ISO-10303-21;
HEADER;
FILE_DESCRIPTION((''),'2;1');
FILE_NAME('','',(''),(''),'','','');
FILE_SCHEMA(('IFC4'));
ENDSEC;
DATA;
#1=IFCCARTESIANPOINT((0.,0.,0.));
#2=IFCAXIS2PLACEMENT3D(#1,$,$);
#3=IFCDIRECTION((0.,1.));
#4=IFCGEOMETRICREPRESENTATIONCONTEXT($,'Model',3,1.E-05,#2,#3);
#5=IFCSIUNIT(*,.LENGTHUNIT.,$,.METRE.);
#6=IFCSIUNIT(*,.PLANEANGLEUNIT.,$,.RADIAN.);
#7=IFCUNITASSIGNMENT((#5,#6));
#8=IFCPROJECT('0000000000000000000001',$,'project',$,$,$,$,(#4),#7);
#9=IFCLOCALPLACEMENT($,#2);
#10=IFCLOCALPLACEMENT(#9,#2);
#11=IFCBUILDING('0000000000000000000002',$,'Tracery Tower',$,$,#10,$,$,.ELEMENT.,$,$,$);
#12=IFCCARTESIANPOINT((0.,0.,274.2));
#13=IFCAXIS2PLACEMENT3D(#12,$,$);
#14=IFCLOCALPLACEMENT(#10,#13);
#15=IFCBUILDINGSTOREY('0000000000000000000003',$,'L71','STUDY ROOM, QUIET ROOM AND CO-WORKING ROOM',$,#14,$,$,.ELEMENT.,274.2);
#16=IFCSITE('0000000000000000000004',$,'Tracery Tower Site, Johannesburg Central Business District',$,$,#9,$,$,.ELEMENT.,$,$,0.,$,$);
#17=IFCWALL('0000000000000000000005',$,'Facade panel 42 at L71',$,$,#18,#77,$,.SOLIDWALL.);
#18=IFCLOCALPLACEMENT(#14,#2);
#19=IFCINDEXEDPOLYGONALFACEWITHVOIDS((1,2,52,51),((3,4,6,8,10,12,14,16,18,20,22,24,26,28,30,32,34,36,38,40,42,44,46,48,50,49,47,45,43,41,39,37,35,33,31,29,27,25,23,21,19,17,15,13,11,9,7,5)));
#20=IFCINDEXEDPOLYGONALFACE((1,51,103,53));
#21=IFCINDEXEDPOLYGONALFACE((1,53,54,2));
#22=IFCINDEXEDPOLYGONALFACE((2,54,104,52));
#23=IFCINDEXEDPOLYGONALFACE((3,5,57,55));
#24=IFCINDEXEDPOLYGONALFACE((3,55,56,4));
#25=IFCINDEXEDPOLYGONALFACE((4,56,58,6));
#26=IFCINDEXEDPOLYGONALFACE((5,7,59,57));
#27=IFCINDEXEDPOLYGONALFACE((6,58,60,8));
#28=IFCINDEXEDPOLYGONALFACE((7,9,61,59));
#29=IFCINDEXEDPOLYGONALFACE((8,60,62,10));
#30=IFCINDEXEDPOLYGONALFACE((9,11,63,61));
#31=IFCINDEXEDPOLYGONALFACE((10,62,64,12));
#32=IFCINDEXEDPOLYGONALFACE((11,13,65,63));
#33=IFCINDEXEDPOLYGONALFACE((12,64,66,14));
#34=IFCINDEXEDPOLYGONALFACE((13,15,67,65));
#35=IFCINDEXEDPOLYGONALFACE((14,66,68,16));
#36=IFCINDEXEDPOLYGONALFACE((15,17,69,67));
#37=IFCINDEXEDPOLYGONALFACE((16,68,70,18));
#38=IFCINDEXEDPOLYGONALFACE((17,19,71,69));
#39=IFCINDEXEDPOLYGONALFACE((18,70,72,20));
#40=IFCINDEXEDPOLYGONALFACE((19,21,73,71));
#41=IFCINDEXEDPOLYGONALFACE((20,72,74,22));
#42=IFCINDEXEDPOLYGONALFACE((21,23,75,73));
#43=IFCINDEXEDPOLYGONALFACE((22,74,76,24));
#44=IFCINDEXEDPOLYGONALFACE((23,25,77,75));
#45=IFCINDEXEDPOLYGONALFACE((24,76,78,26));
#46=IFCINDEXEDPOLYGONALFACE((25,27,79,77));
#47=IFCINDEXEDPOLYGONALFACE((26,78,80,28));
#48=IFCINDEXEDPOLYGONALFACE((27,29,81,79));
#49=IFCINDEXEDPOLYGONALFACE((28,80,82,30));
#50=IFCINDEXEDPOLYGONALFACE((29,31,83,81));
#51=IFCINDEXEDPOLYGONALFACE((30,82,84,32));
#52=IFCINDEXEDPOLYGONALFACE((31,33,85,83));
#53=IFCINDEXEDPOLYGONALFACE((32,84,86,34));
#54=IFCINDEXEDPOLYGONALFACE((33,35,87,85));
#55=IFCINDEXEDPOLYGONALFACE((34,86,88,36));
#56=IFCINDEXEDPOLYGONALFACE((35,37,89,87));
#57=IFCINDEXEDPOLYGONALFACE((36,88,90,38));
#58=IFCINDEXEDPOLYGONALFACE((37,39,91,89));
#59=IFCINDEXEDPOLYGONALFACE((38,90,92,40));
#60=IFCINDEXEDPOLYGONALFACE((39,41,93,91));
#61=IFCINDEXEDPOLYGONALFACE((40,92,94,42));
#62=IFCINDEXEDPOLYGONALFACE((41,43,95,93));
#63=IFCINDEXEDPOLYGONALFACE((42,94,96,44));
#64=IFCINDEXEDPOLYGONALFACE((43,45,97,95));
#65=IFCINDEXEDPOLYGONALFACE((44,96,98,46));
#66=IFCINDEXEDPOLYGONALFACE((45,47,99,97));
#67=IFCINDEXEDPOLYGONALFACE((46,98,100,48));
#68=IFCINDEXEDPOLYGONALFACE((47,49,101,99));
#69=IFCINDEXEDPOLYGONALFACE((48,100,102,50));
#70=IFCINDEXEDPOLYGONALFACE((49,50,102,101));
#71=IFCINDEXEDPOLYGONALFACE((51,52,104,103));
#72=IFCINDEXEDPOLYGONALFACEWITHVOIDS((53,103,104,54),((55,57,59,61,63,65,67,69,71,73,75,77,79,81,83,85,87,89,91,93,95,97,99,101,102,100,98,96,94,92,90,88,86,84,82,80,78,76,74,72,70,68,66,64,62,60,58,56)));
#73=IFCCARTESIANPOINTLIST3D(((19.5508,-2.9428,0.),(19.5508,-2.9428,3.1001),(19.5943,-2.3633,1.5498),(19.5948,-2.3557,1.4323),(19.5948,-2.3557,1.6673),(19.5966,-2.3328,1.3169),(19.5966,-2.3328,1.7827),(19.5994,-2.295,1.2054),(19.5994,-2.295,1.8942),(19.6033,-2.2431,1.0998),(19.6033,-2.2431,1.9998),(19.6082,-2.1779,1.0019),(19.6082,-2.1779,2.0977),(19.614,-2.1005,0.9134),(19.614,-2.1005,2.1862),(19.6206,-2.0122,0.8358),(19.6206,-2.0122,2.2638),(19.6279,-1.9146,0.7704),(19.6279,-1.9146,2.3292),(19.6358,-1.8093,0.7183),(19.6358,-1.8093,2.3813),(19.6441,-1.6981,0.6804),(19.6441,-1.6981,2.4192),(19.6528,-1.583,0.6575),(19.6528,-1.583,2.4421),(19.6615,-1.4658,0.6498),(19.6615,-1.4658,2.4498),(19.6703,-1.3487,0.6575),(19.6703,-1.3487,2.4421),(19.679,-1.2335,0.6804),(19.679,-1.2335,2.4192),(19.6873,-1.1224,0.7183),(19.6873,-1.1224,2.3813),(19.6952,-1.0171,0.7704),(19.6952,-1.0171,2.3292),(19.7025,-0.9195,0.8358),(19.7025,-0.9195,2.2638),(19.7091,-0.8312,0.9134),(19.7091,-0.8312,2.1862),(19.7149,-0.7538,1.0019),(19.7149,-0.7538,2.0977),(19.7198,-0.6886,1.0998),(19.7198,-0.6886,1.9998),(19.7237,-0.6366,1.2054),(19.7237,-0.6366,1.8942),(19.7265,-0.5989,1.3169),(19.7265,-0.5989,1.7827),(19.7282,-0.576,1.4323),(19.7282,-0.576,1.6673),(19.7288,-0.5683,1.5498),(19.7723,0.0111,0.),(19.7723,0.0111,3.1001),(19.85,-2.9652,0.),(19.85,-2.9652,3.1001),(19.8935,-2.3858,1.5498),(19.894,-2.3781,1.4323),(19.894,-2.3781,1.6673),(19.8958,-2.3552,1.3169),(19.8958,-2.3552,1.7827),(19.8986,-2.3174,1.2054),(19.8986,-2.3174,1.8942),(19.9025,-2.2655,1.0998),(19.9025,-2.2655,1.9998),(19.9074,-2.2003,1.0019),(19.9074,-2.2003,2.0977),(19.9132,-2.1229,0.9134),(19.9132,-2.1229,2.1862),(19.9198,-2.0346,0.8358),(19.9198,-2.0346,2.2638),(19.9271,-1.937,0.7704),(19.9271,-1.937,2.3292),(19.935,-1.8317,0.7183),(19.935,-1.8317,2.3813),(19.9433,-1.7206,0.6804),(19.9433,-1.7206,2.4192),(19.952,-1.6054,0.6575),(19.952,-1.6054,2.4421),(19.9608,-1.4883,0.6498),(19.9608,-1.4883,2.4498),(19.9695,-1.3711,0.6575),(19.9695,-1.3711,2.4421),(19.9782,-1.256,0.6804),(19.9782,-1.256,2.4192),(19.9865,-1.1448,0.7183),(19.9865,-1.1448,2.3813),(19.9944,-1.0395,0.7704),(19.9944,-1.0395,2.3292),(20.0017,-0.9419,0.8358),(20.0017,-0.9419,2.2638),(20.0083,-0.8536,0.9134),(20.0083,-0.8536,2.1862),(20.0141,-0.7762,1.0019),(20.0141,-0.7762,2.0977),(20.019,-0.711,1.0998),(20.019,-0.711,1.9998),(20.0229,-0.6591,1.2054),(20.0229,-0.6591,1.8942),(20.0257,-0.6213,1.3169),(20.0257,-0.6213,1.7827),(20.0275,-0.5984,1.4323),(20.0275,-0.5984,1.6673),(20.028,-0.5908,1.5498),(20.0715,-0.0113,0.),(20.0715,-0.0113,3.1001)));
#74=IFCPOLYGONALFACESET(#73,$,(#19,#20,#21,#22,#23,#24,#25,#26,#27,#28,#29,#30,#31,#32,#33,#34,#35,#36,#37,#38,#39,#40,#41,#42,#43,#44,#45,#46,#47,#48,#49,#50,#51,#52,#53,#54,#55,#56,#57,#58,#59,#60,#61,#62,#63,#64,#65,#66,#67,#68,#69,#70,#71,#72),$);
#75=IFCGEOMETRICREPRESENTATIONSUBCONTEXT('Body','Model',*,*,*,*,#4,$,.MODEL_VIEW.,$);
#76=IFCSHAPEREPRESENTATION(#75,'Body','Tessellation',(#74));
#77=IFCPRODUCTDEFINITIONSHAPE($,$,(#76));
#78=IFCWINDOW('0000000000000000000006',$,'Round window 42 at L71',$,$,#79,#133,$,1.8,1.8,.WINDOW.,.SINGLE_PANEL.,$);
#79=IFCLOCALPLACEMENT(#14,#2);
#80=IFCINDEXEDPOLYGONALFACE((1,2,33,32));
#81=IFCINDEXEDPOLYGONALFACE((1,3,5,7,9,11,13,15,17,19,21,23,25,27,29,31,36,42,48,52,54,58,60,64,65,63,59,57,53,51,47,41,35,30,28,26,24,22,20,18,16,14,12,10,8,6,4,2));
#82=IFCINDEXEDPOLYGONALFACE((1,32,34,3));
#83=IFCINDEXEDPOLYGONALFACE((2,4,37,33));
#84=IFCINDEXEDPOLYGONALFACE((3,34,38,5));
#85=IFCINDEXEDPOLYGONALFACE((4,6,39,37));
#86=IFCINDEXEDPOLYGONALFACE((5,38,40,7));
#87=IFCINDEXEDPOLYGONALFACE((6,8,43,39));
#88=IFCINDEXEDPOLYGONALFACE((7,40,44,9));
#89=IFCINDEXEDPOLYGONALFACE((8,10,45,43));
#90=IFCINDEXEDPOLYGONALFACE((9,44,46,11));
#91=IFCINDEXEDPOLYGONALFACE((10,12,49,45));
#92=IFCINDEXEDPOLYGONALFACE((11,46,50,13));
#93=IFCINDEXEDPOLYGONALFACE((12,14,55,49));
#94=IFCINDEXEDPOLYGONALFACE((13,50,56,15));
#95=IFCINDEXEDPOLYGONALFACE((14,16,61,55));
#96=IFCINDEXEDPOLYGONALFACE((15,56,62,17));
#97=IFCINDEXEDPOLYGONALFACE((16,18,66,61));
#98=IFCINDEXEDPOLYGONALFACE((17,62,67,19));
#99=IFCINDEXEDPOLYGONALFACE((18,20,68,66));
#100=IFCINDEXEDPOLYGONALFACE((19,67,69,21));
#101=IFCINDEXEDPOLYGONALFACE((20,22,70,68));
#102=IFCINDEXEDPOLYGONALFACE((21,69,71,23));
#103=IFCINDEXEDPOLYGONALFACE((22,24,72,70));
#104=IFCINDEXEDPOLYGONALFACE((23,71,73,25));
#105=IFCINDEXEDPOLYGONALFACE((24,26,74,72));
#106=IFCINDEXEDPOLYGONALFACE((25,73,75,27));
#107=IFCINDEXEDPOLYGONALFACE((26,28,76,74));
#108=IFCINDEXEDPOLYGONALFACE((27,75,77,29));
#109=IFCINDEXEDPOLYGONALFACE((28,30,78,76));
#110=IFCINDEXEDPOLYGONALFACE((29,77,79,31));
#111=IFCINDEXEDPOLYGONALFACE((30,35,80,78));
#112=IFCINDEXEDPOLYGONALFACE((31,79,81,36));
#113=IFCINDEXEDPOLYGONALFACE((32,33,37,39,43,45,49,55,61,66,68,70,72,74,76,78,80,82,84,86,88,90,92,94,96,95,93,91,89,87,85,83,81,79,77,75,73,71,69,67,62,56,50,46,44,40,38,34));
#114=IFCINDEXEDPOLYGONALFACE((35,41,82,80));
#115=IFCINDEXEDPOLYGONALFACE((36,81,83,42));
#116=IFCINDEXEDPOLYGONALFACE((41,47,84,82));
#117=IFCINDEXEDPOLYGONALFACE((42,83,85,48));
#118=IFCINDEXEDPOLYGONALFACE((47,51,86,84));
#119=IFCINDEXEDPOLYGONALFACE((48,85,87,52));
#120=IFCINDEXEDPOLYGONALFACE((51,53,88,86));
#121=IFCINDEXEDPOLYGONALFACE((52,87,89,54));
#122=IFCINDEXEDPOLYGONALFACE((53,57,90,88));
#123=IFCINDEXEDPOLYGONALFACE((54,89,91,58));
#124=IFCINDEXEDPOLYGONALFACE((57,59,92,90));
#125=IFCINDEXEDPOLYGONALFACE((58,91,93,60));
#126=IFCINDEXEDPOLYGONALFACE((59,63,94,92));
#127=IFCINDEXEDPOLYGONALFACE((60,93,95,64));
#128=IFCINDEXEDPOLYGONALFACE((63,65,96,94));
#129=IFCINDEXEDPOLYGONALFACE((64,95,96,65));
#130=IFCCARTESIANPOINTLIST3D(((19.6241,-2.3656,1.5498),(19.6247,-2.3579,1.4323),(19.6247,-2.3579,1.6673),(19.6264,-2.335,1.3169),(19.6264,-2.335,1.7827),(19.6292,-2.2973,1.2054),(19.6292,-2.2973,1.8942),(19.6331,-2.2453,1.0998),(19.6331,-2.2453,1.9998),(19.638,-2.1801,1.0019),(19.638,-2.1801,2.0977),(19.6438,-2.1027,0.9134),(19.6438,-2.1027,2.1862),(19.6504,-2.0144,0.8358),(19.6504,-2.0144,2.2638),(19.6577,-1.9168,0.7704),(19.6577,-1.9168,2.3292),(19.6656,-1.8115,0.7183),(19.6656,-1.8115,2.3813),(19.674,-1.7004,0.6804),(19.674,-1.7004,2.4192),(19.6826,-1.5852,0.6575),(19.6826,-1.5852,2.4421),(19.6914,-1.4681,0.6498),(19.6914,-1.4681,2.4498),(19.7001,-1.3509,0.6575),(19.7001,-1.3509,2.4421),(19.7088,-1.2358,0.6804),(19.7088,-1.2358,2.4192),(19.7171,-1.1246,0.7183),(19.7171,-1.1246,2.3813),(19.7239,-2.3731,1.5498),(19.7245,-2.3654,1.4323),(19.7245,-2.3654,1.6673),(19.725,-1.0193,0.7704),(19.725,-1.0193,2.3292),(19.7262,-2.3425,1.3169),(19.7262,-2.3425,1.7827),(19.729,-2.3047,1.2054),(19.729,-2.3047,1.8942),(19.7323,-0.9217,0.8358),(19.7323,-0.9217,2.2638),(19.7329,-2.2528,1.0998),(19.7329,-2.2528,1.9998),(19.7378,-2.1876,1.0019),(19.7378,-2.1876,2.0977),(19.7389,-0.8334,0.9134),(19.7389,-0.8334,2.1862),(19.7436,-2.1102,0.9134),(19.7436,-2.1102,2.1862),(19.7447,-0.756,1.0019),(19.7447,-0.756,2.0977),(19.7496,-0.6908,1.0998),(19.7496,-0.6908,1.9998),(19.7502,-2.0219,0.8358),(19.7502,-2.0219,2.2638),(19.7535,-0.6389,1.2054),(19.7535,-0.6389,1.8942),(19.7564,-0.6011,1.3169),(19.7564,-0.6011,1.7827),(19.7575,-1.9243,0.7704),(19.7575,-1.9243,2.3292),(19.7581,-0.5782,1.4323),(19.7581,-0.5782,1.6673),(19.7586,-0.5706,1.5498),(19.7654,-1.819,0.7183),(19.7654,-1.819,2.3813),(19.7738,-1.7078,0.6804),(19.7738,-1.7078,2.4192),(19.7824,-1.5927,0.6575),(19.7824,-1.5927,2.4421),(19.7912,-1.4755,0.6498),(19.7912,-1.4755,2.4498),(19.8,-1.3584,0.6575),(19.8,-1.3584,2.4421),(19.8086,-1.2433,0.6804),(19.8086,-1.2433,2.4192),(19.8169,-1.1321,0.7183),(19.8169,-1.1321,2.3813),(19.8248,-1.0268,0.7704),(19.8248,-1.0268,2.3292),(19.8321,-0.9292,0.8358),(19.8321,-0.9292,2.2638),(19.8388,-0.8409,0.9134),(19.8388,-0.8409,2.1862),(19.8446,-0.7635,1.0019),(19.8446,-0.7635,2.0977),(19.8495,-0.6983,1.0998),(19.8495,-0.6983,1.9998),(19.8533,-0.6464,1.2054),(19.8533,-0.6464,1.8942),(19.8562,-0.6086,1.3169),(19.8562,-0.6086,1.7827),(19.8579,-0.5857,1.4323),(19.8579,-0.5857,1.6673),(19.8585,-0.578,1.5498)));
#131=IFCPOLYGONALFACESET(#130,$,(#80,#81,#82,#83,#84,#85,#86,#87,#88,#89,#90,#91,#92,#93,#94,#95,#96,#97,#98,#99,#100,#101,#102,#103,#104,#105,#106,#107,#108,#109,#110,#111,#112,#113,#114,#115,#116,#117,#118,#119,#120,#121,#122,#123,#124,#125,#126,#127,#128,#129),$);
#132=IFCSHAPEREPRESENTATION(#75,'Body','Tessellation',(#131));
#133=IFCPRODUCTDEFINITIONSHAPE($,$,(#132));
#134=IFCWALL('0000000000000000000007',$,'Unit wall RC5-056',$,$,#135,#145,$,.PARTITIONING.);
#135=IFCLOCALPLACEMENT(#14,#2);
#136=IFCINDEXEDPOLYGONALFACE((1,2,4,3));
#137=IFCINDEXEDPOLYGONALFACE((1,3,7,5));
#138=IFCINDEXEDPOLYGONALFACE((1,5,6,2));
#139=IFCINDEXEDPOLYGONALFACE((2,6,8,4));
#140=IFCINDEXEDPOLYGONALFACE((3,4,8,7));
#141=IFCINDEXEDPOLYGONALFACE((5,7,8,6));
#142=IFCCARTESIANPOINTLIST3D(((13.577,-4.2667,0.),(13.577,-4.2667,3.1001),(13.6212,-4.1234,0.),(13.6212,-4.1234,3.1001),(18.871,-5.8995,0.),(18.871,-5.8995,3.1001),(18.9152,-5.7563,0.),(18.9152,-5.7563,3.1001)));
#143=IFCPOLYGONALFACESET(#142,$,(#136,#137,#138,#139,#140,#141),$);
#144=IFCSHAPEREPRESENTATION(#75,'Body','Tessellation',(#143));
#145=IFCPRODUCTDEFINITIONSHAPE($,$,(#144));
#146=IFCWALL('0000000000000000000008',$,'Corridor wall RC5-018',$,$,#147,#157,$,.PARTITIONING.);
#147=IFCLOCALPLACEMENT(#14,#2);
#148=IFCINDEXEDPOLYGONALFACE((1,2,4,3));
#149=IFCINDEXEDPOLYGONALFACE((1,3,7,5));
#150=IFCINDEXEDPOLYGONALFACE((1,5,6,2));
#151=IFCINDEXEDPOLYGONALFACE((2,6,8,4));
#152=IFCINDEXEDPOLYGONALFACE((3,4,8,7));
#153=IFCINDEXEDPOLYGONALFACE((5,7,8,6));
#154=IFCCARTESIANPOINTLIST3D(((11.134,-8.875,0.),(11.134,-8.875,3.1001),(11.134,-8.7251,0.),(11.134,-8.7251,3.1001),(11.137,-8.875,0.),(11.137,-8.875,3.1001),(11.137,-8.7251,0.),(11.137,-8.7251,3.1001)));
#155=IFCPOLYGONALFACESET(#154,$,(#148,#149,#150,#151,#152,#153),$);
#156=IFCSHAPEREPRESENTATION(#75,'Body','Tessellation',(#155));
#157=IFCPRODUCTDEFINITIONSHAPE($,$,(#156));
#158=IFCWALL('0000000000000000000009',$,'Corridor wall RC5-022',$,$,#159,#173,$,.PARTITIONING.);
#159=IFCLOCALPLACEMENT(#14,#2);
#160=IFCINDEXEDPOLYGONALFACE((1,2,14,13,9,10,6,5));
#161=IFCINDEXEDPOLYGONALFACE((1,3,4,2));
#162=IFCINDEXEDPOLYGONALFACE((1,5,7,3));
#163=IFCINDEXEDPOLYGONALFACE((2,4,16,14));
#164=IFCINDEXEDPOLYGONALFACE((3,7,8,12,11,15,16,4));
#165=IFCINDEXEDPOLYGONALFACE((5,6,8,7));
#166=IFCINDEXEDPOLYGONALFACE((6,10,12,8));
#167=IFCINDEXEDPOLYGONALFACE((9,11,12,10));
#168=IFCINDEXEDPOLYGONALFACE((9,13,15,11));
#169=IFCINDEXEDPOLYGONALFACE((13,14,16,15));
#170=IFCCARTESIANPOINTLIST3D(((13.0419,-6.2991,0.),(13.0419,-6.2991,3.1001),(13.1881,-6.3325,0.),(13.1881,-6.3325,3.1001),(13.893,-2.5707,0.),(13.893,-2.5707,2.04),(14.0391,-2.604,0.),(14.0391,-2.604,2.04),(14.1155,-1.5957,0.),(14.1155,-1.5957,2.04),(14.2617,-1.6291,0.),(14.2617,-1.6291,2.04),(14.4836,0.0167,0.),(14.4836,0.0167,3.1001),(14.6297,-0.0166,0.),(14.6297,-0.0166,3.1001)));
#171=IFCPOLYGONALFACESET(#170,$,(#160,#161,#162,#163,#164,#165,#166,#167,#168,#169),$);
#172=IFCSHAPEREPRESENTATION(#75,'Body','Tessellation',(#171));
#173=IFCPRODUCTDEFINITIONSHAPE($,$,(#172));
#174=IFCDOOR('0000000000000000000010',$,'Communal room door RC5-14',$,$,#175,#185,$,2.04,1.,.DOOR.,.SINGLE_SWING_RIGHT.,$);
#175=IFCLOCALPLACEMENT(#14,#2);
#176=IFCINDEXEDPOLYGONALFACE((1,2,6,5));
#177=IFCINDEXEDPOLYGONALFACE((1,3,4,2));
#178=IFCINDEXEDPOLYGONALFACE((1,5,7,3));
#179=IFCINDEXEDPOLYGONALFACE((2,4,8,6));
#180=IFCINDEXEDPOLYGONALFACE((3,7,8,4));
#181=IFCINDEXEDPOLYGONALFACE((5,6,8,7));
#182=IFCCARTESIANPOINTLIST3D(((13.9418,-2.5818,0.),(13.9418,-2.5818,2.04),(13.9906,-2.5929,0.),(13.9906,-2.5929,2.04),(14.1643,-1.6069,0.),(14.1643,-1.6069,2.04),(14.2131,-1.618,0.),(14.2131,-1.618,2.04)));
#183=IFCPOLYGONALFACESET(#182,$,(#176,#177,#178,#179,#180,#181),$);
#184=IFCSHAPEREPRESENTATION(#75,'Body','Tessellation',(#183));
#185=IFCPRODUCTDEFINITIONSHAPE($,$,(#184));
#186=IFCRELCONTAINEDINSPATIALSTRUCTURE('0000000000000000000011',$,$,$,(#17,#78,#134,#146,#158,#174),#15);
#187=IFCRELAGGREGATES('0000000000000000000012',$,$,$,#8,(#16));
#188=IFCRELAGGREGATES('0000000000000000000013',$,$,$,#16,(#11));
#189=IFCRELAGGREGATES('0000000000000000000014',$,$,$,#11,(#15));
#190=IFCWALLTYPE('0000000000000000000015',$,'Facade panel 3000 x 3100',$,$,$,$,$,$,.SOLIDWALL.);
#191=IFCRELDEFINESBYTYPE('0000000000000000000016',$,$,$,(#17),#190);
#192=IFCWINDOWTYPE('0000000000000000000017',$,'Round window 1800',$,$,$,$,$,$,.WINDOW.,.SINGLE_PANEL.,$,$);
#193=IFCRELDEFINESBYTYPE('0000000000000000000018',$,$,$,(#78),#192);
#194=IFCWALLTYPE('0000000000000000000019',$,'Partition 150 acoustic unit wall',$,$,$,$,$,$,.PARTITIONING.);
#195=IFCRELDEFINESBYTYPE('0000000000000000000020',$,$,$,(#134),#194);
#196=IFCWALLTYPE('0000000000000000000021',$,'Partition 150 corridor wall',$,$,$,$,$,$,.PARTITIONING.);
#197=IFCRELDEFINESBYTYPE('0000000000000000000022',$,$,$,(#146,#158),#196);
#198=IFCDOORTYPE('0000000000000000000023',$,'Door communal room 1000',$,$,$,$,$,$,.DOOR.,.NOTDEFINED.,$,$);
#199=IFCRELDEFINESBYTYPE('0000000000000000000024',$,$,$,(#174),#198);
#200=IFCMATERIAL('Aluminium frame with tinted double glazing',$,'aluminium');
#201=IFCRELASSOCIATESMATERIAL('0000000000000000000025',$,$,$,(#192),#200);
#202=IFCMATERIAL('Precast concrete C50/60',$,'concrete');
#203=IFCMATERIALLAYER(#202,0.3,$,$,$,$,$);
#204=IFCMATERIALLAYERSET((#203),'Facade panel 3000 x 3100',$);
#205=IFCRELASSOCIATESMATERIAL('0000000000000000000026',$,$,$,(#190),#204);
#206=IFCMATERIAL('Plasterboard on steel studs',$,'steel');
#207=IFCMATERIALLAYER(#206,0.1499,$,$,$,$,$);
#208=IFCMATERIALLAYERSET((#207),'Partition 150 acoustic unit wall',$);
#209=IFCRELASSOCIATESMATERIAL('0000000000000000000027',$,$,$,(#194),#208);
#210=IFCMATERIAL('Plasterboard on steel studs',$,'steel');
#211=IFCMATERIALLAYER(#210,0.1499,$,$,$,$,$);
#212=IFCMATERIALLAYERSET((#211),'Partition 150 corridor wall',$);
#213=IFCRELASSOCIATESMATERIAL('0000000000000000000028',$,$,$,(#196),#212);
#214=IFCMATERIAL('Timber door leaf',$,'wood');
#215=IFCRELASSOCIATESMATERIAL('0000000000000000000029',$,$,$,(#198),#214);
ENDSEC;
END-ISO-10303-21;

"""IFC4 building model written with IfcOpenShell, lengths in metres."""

from ifc_helpers import new_model, si_unit, direction, frame, frame_2d, origin, origin_2d, place, context, subcontext, project, spatial, rectangle, circle, extrude, material, layer, layer_set, type_object, element, fill, save


model = new_model("IFC4")

# Units and contexts
model_context = context("Model", 3, precision=1e-05, world=origin(), true_north=direction((0.0, 1.0)))
body_context = subcontext(model_context, "Body", "Model", "MODEL_VIEW")
ifc_project = project(units=[si_unit("LENGTHUNIT", "METRE"), si_unit("PLANEANGLEUNIT", "RADIAN")], contexts=[model_context])

# Site, building, storey
site_placement = place(None, origin())
site = spatial("IfcSite", under=ifc_project, at=site_placement, Name="Tracery Tower Site, Johannesburg Central Business District", CompositionType="ELEMENT", RefElevation=0.0)
building_placement = place(site_placement, origin())
building = spatial("IfcBuilding", under=site, at=building_placement, Name="Tracery Tower", CompositionType="ELEMENT")
storey_placement = place(building_placement, frame((0.0, 0.0, 274.2)))
storey = spatial("IfcBuildingStorey", under=building, at=storey_placement, Name="L71", Description="STUDY ROOM, QUIET ROOM AND CO-WORKING ROOM", CompositionType="ELEMENT", Elevation=274.2)

# Wall, opening, window
ifc_material_1 = material(Name="Aluminium frame with tinted double glazing", Category="aluminium")
window_type = type_object("IfcWindowType", Name="Round window 1800", PartitioningType="SINGLE_PANEL", PredefinedType="WINDOW", material=ifc_material_1)
ifc_material_2 = material(Name="Precast concrete C50/60", Category="concrete")
ifc_layer_1 = layer(ifc_material_2, 0.3)
ifc_layer_set_1 = layer_set([ifc_layer_1], Name="Facade panel 3000 x 3100")
wall_type_1 = type_object("IfcWallType", Name="Facade panel 3000 x 3100", PredefinedType="SOLIDWALL", material=ifc_layer_set_1)
wall_1_placement = place(storey_placement, frame((19.7004, -2.9539, 0.0), z_axis=(0.0, 0.0, 1.0), x_axis=(0.074755, 0.997202, 0.0)))
wall_1 = element("IfcWall", 1, at=wall_1_placement, inside=storey, type_object=wall_type_1, Name="Facade panel 42 at L71", PredefinedType="SOLIDWALL", context=body_context, shape_type="SweptSolid", body=[
    extrude(rectangle(XDim=2.9622, YDim=0.3, at=frame_2d((1.481, 0.0))), origin(), (0.0, 0.0, 1.0), 3.1001),
])
opening_1_placement = place(wall_1_placement, frame((1.481, 0.0, 1.5498)))
opening_1 = element("IfcOpeningElement", 2, at=opening_1_placement, cuts=wall_1, PredefinedType="OPENING", context=body_context, shape_type="SweptSolid", body=[
    extrude(circle(Radius=0.9, at=origin_2d()), frame((0.0, 0.1599, 0.0), z_axis=(0.0, -1.0, 0.0), x_axis=(1.0, 0.0, 0.0)), (0.0, 0.0, 1.0), 0.3201),
])
window_1_placement = place(opening_1_placement, origin())
window_1 = element("IfcWindow", 3, at=window_1_placement, inside=storey, type_object=window_type, Name="Round window 42 at L71", OverallHeight=1.8, OverallWidth=1.8, PartitioningType="SINGLE_PANEL", PredefinedType="WINDOW", context=body_context, shape_type="SweptSolid", body=[
    extrude(circle(Radius=0.9, at=origin_2d()), frame((0.0, 0.1201, 0.0), z_axis=(0.0, -1.0, 0.0), x_axis=(1.0, 0.0, 0.0)), (0.0, 0.0, 1.0), 0.1001),
])
fill(opening_1, window_1)

# Walls
ifc_material_3 = material(Name="Plasterboard on steel studs", Category="steel")
ifc_layer_2 = layer(ifc_material_3, 0.1499)
ifc_layer_set_2 = layer_set([ifc_layer_2], Name="Partition 150 acoustic unit wall")
wall_type_2 = type_object("IfcWallType", Name="Partition 150 acoustic unit wall", PredefinedType="PARTITIONING", material=ifc_layer_set_2)
wall_2_placement = place(storey_placement, frame((13.5991, -4.1951, 0.0), z_axis=(0.0, 0.0, 1.0), x_axis=(0.955581, -0.29473, 0.0)))
element("IfcWall", 4, at=wall_2_placement, inside=storey, type_object=wall_type_2, Name="Unit wall RC5-056", PredefinedType="PARTITIONING", context=body_context, shape_type="SweptSolid", body=[
    extrude(rectangle(XDim=5.54, YDim=0.1499, at=frame_2d((2.77, 0.0))), origin(), (0.0, 0.0, 1.0), 3.1001),
])
ifc_material_4 = material(Name="Plasterboard on steel studs", Category="steel")
ifc_layer_3 = layer(ifc_material_4, 0.1499)
ifc_layer_set_3 = layer_set([ifc_layer_3], Name="Partition 150 corridor wall")
wall_type_3 = type_object("IfcWallType", Name="Partition 150 corridor wall", PredefinedType="PARTITIONING", material=ifc_layer_set_3)
wall_3_placement = place(storey_placement, frame((11.137, -8.8, 0.0), z_axis=(0.0, 0.0, 1.0), x_axis=(-1.0, 0.0, 0.0)))
element("IfcWall", 5, at=wall_3_placement, inside=storey, type_object=wall_type_3, Name="Corridor wall RC5-018", PredefinedType="PARTITIONING", context=body_context, shape_type="SweptSolid", body=[
    extrude(rectangle(XDim=0.0029, YDim=0.1499, at=frame_2d((0.0015, 0.0))), origin(), (0.0, 0.0, 1.0), 3.1001),
])

# Wall, opening, door
wall_4_placement = place(storey_placement, frame((13.115, -6.3159, 0.0), z_axis=(0.0, 0.0, 1.0), x_axis=(0.222533, 0.974925, 0.0)))
wall_4 = element("IfcWall", 6, at=wall_4_placement, inside=storey, type_object=wall_type_3, Name="Corridor wall RC5-022", PredefinedType="PARTITIONING", context=body_context, shape_type="SweptSolid", body=[
    extrude(rectangle(XDim=6.4783, YDim=0.1499, at=frame_2d((3.2393, 0.0))), origin(), (0.0, 0.0, 1.0), 3.1001),
])
opening_2_placement = place(wall_4_placement, frame((3.8245, 0.0, 0.0)))
opening_2 = element("IfcOpeningElement", 7, at=opening_2_placement, cuts=wall_4, PredefinedType="OPENING", context=body_context, shape_type="SweptSolid", body=[
    extrude(rectangle(XDim=1.0, YDim=2.04, at=frame_2d((0.5, 1.02))), frame((0.0, 0.075, 0.0), z_axis=(0.0, -1.0, 0.0), x_axis=(1.0, 0.0, 0.0)), (0.0, 0.0, 1.0), 0.1499),
])
ifc_material_5 = material(Name="Timber door leaf", Category="wood")
door_type_1 = type_object("IfcDoorType", Name="Door communal room 1000", OperationType="NOTDEFINED", PredefinedType="DOOR", material=ifc_material_5)
door_1_placement = place(opening_2_placement, origin())
door_1 = element("IfcDoor", 8, at=door_1_placement, inside=storey, type_object=door_type_1, Name="Communal room door RC5-14", OperationType="SINGLE_SWING_RIGHT", OverallHeight=2.04, OverallWidth=1.0, PredefinedType="DOOR", context=body_context, shape_type="SweptSolid", body=[
    extrude(rectangle(XDim=1.0, YDim=2.04, at=frame_2d((0.5, 1.02))), frame((0.0, 0.0249, 0.0), z_axis=(0.0, -1.0, 0.0), x_axis=(1.0, 0.0, 0.0)), (0.0, 0.0, 1.0), 0.05),
])
fill(opening_2, door_1)

save(model, "model.ifc")
